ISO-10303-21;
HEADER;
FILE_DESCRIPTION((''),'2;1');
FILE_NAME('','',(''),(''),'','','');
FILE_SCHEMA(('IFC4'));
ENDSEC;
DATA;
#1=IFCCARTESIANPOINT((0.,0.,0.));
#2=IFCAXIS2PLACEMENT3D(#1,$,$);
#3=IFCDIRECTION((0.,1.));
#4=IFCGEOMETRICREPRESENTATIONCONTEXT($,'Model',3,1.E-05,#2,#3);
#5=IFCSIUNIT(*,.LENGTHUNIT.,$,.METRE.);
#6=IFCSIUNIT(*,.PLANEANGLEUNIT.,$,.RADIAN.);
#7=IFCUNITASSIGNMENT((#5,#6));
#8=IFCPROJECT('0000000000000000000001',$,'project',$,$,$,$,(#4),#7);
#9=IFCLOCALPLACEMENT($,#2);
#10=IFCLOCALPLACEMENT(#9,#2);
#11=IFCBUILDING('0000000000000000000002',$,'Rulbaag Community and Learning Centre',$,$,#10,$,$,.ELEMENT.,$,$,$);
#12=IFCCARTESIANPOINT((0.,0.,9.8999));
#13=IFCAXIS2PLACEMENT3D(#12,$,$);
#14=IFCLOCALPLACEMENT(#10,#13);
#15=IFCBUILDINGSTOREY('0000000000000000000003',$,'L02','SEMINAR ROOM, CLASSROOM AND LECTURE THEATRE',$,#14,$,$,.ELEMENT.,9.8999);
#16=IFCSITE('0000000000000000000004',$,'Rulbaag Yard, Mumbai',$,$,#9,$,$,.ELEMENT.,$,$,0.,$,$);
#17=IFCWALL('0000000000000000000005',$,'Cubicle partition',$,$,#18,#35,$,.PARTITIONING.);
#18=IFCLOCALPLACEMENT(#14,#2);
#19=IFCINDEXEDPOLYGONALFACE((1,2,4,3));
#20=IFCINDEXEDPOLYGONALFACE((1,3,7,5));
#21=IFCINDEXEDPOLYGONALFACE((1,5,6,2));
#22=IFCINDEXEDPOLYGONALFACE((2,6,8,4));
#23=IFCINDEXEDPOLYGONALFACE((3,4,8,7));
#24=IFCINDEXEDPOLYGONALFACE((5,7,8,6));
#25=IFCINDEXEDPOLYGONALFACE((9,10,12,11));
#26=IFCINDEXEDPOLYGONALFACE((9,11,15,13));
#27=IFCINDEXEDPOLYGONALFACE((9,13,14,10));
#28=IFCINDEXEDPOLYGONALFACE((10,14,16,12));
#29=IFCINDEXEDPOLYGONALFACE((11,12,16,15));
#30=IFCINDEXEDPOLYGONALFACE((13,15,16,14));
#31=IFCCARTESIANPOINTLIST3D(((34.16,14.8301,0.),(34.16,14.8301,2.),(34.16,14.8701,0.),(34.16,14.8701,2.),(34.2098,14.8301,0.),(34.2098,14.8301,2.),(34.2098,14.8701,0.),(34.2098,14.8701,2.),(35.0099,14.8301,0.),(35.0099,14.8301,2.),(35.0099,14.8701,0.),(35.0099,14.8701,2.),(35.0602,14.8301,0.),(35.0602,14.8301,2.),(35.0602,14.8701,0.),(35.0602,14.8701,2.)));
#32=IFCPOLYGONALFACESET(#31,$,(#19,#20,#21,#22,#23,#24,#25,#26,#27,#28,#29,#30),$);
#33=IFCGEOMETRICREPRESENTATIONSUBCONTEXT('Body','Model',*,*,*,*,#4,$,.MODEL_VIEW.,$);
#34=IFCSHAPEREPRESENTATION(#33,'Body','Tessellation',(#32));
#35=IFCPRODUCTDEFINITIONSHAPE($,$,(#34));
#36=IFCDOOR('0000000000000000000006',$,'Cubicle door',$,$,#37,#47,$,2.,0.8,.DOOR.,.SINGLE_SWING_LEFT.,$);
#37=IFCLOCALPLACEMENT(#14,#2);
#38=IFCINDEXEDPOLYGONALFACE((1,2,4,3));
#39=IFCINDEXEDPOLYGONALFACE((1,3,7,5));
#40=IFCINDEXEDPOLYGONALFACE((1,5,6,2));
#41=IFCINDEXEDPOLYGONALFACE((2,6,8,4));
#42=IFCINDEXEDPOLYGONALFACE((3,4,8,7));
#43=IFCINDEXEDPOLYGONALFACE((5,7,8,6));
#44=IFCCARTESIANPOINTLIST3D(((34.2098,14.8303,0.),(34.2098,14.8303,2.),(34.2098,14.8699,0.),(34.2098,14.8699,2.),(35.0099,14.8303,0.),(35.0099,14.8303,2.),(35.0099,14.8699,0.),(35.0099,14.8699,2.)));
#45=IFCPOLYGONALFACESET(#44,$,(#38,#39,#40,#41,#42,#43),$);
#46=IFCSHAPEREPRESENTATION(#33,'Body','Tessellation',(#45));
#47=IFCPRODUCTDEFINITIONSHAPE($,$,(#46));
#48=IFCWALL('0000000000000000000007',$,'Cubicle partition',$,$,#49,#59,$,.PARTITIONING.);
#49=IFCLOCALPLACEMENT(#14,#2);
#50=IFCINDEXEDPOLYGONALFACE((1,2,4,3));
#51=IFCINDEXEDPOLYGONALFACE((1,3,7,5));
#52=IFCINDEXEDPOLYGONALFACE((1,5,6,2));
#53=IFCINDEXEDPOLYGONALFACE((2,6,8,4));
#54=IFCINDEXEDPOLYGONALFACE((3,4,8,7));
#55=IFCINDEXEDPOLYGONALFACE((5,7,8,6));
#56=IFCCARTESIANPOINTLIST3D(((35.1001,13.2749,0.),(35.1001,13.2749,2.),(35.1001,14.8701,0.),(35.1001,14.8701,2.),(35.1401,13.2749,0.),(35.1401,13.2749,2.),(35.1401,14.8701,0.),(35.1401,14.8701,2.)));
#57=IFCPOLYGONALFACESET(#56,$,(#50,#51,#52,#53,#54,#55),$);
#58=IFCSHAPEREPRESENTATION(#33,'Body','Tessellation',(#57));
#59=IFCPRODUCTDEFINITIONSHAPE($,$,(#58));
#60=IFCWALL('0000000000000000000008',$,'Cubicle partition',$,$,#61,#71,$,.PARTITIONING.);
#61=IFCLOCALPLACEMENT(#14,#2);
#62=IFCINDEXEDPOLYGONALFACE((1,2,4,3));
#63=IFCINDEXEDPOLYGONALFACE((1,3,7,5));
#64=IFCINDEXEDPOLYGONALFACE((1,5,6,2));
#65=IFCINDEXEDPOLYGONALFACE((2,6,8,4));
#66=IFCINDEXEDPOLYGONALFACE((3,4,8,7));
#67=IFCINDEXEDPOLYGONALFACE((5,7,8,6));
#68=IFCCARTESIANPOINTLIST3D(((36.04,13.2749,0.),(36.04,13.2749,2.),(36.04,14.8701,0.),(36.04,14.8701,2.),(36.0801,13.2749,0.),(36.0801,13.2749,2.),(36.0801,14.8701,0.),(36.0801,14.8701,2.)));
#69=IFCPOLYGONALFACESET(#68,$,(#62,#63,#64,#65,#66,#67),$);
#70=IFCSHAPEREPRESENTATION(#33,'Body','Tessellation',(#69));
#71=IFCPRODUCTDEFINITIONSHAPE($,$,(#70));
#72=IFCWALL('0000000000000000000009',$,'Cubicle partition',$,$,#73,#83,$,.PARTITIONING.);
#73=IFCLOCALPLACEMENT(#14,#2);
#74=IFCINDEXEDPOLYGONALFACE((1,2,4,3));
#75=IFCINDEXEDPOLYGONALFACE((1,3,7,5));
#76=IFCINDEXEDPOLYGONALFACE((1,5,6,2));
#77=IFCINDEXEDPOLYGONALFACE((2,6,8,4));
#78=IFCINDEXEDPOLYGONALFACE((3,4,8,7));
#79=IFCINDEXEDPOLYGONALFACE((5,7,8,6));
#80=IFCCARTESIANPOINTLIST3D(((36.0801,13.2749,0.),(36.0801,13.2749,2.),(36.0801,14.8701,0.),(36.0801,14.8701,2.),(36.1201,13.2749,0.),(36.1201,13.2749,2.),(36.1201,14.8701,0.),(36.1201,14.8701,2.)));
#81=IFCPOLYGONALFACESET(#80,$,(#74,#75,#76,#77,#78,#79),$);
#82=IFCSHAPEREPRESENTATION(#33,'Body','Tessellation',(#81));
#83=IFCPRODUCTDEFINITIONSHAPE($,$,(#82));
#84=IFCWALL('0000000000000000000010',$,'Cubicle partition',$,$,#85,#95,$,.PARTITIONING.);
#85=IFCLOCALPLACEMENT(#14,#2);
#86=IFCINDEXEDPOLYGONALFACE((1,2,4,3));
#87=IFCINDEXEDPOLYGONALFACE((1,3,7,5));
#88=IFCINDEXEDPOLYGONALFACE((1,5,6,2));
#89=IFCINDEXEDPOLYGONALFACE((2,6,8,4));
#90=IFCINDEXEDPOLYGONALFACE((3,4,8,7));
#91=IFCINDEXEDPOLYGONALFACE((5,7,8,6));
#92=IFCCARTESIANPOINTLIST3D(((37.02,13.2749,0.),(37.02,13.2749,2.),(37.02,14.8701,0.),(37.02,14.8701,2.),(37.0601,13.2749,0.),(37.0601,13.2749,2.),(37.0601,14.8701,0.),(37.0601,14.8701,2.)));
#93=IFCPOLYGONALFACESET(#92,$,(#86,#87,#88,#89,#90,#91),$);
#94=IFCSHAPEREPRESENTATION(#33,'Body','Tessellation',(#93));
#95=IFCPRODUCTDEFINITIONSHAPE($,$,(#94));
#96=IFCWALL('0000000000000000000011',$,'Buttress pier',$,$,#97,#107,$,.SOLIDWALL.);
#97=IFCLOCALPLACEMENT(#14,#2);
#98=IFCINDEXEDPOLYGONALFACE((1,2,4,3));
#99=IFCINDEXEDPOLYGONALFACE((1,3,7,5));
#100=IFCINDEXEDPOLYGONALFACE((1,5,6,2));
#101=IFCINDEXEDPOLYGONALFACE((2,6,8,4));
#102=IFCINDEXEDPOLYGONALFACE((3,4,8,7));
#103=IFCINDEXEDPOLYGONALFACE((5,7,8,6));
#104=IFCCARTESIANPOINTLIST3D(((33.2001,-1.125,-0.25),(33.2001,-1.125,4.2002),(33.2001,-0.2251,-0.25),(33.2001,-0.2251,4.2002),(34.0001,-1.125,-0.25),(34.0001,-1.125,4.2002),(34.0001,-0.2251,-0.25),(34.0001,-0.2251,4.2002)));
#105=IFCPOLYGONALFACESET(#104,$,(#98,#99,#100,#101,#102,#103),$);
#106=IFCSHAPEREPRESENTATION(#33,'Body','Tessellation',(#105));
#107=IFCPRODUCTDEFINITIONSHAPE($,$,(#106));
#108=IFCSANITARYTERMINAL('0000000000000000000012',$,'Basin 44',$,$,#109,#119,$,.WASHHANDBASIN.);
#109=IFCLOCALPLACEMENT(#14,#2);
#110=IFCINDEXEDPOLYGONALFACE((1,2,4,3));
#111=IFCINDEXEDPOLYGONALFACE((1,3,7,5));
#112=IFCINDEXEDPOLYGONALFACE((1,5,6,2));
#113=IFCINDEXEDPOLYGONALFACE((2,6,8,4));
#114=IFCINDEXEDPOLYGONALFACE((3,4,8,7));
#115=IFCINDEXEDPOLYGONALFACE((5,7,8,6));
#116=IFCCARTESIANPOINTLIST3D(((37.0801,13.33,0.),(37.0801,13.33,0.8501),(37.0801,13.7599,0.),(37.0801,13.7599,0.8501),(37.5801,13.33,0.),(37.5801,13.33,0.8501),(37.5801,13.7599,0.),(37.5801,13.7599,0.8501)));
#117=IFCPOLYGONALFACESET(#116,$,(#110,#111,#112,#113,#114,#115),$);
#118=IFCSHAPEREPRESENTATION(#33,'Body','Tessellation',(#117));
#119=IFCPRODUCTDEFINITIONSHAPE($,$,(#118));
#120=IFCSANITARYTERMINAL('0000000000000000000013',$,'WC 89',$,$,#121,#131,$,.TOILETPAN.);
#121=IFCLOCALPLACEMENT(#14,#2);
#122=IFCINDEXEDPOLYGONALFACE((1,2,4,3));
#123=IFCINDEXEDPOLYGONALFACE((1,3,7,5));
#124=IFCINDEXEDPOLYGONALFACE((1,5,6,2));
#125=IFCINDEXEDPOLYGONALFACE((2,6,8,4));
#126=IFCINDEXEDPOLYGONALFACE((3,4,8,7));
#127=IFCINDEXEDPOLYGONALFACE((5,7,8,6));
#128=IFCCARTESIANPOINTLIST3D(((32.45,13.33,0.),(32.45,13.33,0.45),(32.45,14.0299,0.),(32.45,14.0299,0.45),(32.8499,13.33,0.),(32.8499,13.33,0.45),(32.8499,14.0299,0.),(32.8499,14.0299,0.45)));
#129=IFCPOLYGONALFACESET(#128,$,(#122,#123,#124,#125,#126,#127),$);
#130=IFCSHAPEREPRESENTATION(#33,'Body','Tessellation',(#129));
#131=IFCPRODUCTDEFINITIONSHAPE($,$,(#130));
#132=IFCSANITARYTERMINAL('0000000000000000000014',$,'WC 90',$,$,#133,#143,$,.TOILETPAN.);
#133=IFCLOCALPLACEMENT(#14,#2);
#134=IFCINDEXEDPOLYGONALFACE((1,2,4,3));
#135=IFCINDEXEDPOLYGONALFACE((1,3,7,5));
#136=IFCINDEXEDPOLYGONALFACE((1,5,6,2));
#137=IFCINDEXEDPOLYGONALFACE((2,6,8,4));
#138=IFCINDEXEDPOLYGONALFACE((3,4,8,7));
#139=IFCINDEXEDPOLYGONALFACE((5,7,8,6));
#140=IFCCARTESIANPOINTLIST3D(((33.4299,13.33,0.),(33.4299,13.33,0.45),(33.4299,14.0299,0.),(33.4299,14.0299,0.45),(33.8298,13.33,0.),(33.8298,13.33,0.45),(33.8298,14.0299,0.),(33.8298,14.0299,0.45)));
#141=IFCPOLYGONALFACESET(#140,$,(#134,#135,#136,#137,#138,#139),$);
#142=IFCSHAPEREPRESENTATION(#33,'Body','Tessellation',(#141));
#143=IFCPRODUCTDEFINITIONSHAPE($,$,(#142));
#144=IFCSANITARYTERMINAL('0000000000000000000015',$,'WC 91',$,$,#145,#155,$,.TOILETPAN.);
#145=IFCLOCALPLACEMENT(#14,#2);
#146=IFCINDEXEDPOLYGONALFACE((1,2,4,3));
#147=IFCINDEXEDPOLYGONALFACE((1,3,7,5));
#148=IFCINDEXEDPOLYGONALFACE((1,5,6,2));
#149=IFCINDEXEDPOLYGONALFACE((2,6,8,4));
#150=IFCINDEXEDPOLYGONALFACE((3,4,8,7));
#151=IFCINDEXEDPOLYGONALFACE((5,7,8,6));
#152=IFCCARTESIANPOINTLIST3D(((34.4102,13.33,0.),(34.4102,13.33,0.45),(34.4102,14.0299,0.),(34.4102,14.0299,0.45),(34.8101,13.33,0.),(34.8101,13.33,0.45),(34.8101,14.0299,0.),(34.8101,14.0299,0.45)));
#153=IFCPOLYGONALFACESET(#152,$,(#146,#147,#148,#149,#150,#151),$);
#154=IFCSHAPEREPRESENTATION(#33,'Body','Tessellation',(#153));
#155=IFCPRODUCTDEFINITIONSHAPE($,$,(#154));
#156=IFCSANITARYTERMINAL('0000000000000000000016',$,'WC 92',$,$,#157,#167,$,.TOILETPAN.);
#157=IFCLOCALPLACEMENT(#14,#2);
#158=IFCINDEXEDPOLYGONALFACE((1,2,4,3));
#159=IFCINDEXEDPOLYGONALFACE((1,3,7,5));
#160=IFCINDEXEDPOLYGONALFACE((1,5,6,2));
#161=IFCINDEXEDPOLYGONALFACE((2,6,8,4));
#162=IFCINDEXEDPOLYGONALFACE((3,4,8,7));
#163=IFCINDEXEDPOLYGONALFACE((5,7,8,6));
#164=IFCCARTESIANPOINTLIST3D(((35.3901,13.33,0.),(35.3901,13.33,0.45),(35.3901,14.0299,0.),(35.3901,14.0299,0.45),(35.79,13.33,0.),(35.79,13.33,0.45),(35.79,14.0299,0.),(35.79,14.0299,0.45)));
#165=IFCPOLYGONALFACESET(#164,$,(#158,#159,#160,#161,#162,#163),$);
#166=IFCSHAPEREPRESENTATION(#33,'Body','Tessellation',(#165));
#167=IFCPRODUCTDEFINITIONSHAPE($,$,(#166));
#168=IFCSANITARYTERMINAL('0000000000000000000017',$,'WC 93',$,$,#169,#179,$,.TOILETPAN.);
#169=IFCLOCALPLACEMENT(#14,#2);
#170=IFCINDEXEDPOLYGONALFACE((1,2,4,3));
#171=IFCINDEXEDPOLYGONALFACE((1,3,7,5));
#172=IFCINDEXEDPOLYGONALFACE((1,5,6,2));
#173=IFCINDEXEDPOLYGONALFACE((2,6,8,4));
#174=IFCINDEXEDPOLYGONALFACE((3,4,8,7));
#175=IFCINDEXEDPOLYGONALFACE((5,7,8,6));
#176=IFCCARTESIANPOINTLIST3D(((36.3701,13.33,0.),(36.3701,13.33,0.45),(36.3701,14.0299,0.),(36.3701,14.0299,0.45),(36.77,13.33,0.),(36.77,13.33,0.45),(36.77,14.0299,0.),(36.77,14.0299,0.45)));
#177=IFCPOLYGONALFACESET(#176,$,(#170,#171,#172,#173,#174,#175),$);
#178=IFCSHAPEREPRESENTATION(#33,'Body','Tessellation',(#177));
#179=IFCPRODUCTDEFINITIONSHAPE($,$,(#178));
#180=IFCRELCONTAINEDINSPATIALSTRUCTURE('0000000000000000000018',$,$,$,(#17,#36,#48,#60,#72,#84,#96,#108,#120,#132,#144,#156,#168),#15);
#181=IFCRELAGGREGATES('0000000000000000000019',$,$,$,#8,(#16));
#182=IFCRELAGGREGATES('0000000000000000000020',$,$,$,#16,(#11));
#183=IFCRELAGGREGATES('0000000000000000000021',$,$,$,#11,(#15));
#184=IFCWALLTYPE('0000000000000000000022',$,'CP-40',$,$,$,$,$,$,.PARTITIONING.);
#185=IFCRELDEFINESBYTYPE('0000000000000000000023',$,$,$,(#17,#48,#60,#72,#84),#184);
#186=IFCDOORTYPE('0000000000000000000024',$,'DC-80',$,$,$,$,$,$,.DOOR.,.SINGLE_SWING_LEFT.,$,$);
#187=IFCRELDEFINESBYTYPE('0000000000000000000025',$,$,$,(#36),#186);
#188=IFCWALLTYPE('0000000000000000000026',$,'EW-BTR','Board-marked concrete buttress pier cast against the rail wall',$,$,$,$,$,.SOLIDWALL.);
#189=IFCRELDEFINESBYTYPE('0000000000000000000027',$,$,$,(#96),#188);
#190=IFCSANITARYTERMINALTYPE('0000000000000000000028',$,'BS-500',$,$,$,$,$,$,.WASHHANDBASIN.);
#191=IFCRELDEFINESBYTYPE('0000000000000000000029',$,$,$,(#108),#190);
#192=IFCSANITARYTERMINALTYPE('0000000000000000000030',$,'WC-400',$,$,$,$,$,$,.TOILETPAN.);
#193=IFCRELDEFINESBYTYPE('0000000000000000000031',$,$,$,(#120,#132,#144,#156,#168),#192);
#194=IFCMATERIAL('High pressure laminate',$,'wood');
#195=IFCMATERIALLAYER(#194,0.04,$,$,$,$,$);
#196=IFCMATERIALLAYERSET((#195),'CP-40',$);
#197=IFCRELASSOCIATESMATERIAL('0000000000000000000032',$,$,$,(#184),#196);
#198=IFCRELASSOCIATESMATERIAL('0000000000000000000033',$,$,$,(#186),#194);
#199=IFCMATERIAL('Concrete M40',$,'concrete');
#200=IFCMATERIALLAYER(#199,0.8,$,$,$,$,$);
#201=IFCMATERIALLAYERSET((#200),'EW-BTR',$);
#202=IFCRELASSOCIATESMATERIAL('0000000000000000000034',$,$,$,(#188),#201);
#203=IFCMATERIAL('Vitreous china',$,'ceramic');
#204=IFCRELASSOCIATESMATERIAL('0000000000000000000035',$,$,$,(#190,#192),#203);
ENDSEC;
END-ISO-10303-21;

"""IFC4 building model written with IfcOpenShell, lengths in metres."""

from ifc_helpers import new_model, si_unit, direction, frame, frame_2d, origin, origin_2d, place, context, subcontext, project, spatial, rectangle, extrude, material, layer, layer_set, type_object, element, fill, save


model = new_model("IFC4")

# Units and contexts
model_context = context("Model", 3, precision=1e-05, world=origin(), true_north=direction((0.0, 1.0)))
body_context = subcontext(model_context, "Body", "Model", "MODEL_VIEW")
ifc_project = project(units=[si_unit("LENGTHUNIT", "METRE"), si_unit("PLANEANGLEUNIT", "RADIAN")], contexts=[model_context])

# Site, building, storey
site_placement = place(None, origin())
site = spatial("IfcSite", under=ifc_project, at=site_placement, Name="Rulbaag Yard, Mumbai", CompositionType="ELEMENT", RefElevation=0.0)
building_placement = place(site_placement, origin())
building = spatial("IfcBuilding", under=site, at=building_placement, Name="Rulbaag Community and Learning Centre", CompositionType="ELEMENT")
storey_placement = place(building_placement, frame((0.0, 0.0, 9.8999)))
storey = spatial("IfcBuildingStorey", under=building, at=storey_placement, Name="L02", Description="SEMINAR ROOM, CLASSROOM AND LECTURE THEATRE", CompositionType="ELEMENT", Elevation=9.8999)

# Shared definitions
ifc_material_1 = material(Name="Concrete M40", Category="concrete")

# Shared definitions
ifc_material_2 = material(Name="High pressure laminate", Category="wood")
ifc_layer_1 = layer(ifc_material_2, 0.04)
ifc_layer_set_1 = layer_set([ifc_layer_1], Name="CP-40")
wall_type_1 = type_object("IfcWallType", Name="CP-40", PredefinedType="PARTITIONING", material=ifc_layer_set_1)

# Shared definitions
door_type = type_object("IfcDoorType", Name="DC-80", OperationType="SINGLE_SWING_LEFT", PredefinedType="DOOR", material=ifc_material_2)

# Wall, opening, door
wall_1_placement = place(storey_placement, frame((34.1599, 14.8501, 0.0), z_axis=(0.0, 0.0, 1.0), x_axis=(1.0, 0.0, 0.0)))
wall_1 = element("IfcWall", 1, at=wall_1_placement, inside=storey, type_object=wall_type_1, Name="Cubicle partition", PredefinedType="PARTITIONING", context=body_context, shape_type="SweptSolid", body=[
    extrude(rectangle(XDim=0.9001, YDim=0.04, at=frame_2d((0.4502, 0.0))), origin(), (0.0, 0.0, 1.0), 2.0),
])
opening_1_placement = place(wall_1_placement, frame((0.05, 0.0, 0.0)))
opening_1 = element("IfcOpeningElement", 2, at=opening_1_placement, cuts=wall_1, PredefinedType="OPENING", context=body_context, shape_type="SweptSolid", body=[
    extrude(rectangle(XDim=0.8, YDim=2.0, at=frame_2d((0.3999, 1.0))), frame((0.0, 0.03, 0.0), z_axis=(0.0, -1.0, 0.0), x_axis=(1.0, 0.0, 0.0)), (0.0, 0.0, 1.0), 0.0601),
])
door_1_placement = place(opening_1_placement, origin())
door_1 = element("IfcDoor", 3, at=door_1_placement, inside=storey, type_object=door_type, Name="Cubicle door", OperationType="SINGLE_SWING_LEFT", OverallHeight=2.0, OverallWidth=0.8, PredefinedType="DOOR", context=body_context, shape_type="SweptSolid", body=[
    extrude(rectangle(XDim=0.8, YDim=2.0, at=frame_2d((0.3999, 1.0))), frame((0.0, 0.0198, 0.0), z_axis=(0.0, -1.0, 0.0), x_axis=(1.0, 0.0, 0.0)), (0.0, 0.0, 1.0), 0.0396),
])
fill(opening_1, door_1)

# Walls
for number, where, z_axis, x_axis, name in (
    (4, (35.1201, 13.2749, 0.0), (0.0, 0.0, 1.0), (0.0, 1.0, 0.0), "Cubicle partition"),
    (5, (36.0601, 13.2749, 0.0), (0.0, 0.0, 1.0), (0.0, 1.0, 0.0), "Cubicle partition"),
    (6, (36.1001, 13.2749, 0.0), (0.0, 0.0, 1.0), (0.0, 1.0, 0.0), "Cubicle partition"),
    (7, (37.04, 13.2749, 0.0), (0.0, 0.0, 1.0), (0.0, 1.0, 0.0), "Cubicle partition"),
):
    element("IfcWall", number, at=place(storey_placement, frame(where, z_axis=z_axis, x_axis=x_axis)), inside=storey, type_object=wall_type_1, Name=name, PredefinedType="PARTITIONING", context=body_context, shape_type="SweptSolid", body=[
        extrude(rectangle(XDim=1.5952, YDim=0.04, at=frame_2d((0.7976, 0.0))), origin(), (0.0, 0.0, 1.0), 2.0),
    ])
ifc_layer_2 = layer(ifc_material_1, 0.8)
ifc_layer_set_2 = layer_set([ifc_layer_2], Name="EW-BTR")
wall_type_2 = type_object("IfcWallType", Name="EW-BTR", Description="Board-marked concrete buttress pier cast against the rail wall", PredefinedType="SOLIDWALL", material=ifc_layer_set_2)
wall_2_placement = place(storey_placement, frame((33.6001, -0.2251, -0.25), z_axis=(0.0, 0.0, 1.0), x_axis=(0.0, -1.0, 0.0)))
element("IfcWall", 8, at=wall_2_placement, inside=storey, type_object=wall_type_2, Name="Buttress pier", PredefinedType="SOLIDWALL", context=body_context, shape_type="SweptSolid", body=[
    extrude(rectangle(XDim=0.8999, YDim=0.8, at=frame_2d((0.45, 0.0))), origin(), (0.0, 0.0, 1.0), 4.4502),
])

# Sanitary terminals
ifc_material_3 = material(Name="Vitreous china", Category="ceramic")
sanitary_terminal_type_1 = type_object("IfcSanitaryTerminalType", Name="BS-500", PredefinedType="WASHHANDBASIN", material=ifc_material_3)
sanitary_terminal_placement = place(storey_placement, frame((37.3301, 13.5449, 0.0), z_axis=(0.0, 0.0, 1.0), x_axis=(1.0, 0.0, 0.0)))
element("IfcSanitaryTerminal", 9, at=sanitary_terminal_placement, inside=storey, type_object=sanitary_terminal_type_1, Name="Basin 44", PredefinedType="WASHHANDBASIN", context=body_context, shape_type="SweptSolid", body=[
    extrude(rectangle(XDim=0.5, YDim=0.4299, at=origin_2d()), origin(), (0.0, 0.0, 1.0), 0.8501),
])
sanitary_terminal_type_2 = type_object("IfcSanitaryTerminalType", Name="WC-400", PredefinedType="TOILETPAN", material=ifc_material_3)
for number, where, z_axis, x_axis, name in (
    (10, (32.6499, 13.6799, 0.0), (0.0, 0.0, 1.0), (1.0, 0.0, 0.0), "WC 89"),
    (11, (33.6299, 13.6799, 0.0), (0.0, 0.0, 1.0), (1.0, 0.0, 0.0), "WC 90"),
    (12, (34.6101, 13.6799, 0.0), (0.0, 0.0, 1.0), (1.0, 0.0, 0.0), "WC 91"),
    (13, (35.5901, 13.6799, 0.0), (0.0, 0.0, 1.0), (1.0, 0.0, 0.0), "WC 92"),
    (14, (36.5701, 13.6799, 0.0), (0.0, 0.0, 1.0), (1.0, 0.0, 0.0), "WC 93"),
):
    element("IfcSanitaryTerminal", number, at=place(storey_placement, frame(where, z_axis=z_axis, x_axis=x_axis)), inside=storey, type_object=sanitary_terminal_type_2, Name=name, PredefinedType="TOILETPAN", context=body_context, shape_type="SweptSolid", body=[
        extrude(rectangle(XDim=0.3999, YDim=0.7, at=origin_2d()), origin(), (0.0, 0.0, 1.0), 0.45),
    ])

save(model, "model.ifc")
